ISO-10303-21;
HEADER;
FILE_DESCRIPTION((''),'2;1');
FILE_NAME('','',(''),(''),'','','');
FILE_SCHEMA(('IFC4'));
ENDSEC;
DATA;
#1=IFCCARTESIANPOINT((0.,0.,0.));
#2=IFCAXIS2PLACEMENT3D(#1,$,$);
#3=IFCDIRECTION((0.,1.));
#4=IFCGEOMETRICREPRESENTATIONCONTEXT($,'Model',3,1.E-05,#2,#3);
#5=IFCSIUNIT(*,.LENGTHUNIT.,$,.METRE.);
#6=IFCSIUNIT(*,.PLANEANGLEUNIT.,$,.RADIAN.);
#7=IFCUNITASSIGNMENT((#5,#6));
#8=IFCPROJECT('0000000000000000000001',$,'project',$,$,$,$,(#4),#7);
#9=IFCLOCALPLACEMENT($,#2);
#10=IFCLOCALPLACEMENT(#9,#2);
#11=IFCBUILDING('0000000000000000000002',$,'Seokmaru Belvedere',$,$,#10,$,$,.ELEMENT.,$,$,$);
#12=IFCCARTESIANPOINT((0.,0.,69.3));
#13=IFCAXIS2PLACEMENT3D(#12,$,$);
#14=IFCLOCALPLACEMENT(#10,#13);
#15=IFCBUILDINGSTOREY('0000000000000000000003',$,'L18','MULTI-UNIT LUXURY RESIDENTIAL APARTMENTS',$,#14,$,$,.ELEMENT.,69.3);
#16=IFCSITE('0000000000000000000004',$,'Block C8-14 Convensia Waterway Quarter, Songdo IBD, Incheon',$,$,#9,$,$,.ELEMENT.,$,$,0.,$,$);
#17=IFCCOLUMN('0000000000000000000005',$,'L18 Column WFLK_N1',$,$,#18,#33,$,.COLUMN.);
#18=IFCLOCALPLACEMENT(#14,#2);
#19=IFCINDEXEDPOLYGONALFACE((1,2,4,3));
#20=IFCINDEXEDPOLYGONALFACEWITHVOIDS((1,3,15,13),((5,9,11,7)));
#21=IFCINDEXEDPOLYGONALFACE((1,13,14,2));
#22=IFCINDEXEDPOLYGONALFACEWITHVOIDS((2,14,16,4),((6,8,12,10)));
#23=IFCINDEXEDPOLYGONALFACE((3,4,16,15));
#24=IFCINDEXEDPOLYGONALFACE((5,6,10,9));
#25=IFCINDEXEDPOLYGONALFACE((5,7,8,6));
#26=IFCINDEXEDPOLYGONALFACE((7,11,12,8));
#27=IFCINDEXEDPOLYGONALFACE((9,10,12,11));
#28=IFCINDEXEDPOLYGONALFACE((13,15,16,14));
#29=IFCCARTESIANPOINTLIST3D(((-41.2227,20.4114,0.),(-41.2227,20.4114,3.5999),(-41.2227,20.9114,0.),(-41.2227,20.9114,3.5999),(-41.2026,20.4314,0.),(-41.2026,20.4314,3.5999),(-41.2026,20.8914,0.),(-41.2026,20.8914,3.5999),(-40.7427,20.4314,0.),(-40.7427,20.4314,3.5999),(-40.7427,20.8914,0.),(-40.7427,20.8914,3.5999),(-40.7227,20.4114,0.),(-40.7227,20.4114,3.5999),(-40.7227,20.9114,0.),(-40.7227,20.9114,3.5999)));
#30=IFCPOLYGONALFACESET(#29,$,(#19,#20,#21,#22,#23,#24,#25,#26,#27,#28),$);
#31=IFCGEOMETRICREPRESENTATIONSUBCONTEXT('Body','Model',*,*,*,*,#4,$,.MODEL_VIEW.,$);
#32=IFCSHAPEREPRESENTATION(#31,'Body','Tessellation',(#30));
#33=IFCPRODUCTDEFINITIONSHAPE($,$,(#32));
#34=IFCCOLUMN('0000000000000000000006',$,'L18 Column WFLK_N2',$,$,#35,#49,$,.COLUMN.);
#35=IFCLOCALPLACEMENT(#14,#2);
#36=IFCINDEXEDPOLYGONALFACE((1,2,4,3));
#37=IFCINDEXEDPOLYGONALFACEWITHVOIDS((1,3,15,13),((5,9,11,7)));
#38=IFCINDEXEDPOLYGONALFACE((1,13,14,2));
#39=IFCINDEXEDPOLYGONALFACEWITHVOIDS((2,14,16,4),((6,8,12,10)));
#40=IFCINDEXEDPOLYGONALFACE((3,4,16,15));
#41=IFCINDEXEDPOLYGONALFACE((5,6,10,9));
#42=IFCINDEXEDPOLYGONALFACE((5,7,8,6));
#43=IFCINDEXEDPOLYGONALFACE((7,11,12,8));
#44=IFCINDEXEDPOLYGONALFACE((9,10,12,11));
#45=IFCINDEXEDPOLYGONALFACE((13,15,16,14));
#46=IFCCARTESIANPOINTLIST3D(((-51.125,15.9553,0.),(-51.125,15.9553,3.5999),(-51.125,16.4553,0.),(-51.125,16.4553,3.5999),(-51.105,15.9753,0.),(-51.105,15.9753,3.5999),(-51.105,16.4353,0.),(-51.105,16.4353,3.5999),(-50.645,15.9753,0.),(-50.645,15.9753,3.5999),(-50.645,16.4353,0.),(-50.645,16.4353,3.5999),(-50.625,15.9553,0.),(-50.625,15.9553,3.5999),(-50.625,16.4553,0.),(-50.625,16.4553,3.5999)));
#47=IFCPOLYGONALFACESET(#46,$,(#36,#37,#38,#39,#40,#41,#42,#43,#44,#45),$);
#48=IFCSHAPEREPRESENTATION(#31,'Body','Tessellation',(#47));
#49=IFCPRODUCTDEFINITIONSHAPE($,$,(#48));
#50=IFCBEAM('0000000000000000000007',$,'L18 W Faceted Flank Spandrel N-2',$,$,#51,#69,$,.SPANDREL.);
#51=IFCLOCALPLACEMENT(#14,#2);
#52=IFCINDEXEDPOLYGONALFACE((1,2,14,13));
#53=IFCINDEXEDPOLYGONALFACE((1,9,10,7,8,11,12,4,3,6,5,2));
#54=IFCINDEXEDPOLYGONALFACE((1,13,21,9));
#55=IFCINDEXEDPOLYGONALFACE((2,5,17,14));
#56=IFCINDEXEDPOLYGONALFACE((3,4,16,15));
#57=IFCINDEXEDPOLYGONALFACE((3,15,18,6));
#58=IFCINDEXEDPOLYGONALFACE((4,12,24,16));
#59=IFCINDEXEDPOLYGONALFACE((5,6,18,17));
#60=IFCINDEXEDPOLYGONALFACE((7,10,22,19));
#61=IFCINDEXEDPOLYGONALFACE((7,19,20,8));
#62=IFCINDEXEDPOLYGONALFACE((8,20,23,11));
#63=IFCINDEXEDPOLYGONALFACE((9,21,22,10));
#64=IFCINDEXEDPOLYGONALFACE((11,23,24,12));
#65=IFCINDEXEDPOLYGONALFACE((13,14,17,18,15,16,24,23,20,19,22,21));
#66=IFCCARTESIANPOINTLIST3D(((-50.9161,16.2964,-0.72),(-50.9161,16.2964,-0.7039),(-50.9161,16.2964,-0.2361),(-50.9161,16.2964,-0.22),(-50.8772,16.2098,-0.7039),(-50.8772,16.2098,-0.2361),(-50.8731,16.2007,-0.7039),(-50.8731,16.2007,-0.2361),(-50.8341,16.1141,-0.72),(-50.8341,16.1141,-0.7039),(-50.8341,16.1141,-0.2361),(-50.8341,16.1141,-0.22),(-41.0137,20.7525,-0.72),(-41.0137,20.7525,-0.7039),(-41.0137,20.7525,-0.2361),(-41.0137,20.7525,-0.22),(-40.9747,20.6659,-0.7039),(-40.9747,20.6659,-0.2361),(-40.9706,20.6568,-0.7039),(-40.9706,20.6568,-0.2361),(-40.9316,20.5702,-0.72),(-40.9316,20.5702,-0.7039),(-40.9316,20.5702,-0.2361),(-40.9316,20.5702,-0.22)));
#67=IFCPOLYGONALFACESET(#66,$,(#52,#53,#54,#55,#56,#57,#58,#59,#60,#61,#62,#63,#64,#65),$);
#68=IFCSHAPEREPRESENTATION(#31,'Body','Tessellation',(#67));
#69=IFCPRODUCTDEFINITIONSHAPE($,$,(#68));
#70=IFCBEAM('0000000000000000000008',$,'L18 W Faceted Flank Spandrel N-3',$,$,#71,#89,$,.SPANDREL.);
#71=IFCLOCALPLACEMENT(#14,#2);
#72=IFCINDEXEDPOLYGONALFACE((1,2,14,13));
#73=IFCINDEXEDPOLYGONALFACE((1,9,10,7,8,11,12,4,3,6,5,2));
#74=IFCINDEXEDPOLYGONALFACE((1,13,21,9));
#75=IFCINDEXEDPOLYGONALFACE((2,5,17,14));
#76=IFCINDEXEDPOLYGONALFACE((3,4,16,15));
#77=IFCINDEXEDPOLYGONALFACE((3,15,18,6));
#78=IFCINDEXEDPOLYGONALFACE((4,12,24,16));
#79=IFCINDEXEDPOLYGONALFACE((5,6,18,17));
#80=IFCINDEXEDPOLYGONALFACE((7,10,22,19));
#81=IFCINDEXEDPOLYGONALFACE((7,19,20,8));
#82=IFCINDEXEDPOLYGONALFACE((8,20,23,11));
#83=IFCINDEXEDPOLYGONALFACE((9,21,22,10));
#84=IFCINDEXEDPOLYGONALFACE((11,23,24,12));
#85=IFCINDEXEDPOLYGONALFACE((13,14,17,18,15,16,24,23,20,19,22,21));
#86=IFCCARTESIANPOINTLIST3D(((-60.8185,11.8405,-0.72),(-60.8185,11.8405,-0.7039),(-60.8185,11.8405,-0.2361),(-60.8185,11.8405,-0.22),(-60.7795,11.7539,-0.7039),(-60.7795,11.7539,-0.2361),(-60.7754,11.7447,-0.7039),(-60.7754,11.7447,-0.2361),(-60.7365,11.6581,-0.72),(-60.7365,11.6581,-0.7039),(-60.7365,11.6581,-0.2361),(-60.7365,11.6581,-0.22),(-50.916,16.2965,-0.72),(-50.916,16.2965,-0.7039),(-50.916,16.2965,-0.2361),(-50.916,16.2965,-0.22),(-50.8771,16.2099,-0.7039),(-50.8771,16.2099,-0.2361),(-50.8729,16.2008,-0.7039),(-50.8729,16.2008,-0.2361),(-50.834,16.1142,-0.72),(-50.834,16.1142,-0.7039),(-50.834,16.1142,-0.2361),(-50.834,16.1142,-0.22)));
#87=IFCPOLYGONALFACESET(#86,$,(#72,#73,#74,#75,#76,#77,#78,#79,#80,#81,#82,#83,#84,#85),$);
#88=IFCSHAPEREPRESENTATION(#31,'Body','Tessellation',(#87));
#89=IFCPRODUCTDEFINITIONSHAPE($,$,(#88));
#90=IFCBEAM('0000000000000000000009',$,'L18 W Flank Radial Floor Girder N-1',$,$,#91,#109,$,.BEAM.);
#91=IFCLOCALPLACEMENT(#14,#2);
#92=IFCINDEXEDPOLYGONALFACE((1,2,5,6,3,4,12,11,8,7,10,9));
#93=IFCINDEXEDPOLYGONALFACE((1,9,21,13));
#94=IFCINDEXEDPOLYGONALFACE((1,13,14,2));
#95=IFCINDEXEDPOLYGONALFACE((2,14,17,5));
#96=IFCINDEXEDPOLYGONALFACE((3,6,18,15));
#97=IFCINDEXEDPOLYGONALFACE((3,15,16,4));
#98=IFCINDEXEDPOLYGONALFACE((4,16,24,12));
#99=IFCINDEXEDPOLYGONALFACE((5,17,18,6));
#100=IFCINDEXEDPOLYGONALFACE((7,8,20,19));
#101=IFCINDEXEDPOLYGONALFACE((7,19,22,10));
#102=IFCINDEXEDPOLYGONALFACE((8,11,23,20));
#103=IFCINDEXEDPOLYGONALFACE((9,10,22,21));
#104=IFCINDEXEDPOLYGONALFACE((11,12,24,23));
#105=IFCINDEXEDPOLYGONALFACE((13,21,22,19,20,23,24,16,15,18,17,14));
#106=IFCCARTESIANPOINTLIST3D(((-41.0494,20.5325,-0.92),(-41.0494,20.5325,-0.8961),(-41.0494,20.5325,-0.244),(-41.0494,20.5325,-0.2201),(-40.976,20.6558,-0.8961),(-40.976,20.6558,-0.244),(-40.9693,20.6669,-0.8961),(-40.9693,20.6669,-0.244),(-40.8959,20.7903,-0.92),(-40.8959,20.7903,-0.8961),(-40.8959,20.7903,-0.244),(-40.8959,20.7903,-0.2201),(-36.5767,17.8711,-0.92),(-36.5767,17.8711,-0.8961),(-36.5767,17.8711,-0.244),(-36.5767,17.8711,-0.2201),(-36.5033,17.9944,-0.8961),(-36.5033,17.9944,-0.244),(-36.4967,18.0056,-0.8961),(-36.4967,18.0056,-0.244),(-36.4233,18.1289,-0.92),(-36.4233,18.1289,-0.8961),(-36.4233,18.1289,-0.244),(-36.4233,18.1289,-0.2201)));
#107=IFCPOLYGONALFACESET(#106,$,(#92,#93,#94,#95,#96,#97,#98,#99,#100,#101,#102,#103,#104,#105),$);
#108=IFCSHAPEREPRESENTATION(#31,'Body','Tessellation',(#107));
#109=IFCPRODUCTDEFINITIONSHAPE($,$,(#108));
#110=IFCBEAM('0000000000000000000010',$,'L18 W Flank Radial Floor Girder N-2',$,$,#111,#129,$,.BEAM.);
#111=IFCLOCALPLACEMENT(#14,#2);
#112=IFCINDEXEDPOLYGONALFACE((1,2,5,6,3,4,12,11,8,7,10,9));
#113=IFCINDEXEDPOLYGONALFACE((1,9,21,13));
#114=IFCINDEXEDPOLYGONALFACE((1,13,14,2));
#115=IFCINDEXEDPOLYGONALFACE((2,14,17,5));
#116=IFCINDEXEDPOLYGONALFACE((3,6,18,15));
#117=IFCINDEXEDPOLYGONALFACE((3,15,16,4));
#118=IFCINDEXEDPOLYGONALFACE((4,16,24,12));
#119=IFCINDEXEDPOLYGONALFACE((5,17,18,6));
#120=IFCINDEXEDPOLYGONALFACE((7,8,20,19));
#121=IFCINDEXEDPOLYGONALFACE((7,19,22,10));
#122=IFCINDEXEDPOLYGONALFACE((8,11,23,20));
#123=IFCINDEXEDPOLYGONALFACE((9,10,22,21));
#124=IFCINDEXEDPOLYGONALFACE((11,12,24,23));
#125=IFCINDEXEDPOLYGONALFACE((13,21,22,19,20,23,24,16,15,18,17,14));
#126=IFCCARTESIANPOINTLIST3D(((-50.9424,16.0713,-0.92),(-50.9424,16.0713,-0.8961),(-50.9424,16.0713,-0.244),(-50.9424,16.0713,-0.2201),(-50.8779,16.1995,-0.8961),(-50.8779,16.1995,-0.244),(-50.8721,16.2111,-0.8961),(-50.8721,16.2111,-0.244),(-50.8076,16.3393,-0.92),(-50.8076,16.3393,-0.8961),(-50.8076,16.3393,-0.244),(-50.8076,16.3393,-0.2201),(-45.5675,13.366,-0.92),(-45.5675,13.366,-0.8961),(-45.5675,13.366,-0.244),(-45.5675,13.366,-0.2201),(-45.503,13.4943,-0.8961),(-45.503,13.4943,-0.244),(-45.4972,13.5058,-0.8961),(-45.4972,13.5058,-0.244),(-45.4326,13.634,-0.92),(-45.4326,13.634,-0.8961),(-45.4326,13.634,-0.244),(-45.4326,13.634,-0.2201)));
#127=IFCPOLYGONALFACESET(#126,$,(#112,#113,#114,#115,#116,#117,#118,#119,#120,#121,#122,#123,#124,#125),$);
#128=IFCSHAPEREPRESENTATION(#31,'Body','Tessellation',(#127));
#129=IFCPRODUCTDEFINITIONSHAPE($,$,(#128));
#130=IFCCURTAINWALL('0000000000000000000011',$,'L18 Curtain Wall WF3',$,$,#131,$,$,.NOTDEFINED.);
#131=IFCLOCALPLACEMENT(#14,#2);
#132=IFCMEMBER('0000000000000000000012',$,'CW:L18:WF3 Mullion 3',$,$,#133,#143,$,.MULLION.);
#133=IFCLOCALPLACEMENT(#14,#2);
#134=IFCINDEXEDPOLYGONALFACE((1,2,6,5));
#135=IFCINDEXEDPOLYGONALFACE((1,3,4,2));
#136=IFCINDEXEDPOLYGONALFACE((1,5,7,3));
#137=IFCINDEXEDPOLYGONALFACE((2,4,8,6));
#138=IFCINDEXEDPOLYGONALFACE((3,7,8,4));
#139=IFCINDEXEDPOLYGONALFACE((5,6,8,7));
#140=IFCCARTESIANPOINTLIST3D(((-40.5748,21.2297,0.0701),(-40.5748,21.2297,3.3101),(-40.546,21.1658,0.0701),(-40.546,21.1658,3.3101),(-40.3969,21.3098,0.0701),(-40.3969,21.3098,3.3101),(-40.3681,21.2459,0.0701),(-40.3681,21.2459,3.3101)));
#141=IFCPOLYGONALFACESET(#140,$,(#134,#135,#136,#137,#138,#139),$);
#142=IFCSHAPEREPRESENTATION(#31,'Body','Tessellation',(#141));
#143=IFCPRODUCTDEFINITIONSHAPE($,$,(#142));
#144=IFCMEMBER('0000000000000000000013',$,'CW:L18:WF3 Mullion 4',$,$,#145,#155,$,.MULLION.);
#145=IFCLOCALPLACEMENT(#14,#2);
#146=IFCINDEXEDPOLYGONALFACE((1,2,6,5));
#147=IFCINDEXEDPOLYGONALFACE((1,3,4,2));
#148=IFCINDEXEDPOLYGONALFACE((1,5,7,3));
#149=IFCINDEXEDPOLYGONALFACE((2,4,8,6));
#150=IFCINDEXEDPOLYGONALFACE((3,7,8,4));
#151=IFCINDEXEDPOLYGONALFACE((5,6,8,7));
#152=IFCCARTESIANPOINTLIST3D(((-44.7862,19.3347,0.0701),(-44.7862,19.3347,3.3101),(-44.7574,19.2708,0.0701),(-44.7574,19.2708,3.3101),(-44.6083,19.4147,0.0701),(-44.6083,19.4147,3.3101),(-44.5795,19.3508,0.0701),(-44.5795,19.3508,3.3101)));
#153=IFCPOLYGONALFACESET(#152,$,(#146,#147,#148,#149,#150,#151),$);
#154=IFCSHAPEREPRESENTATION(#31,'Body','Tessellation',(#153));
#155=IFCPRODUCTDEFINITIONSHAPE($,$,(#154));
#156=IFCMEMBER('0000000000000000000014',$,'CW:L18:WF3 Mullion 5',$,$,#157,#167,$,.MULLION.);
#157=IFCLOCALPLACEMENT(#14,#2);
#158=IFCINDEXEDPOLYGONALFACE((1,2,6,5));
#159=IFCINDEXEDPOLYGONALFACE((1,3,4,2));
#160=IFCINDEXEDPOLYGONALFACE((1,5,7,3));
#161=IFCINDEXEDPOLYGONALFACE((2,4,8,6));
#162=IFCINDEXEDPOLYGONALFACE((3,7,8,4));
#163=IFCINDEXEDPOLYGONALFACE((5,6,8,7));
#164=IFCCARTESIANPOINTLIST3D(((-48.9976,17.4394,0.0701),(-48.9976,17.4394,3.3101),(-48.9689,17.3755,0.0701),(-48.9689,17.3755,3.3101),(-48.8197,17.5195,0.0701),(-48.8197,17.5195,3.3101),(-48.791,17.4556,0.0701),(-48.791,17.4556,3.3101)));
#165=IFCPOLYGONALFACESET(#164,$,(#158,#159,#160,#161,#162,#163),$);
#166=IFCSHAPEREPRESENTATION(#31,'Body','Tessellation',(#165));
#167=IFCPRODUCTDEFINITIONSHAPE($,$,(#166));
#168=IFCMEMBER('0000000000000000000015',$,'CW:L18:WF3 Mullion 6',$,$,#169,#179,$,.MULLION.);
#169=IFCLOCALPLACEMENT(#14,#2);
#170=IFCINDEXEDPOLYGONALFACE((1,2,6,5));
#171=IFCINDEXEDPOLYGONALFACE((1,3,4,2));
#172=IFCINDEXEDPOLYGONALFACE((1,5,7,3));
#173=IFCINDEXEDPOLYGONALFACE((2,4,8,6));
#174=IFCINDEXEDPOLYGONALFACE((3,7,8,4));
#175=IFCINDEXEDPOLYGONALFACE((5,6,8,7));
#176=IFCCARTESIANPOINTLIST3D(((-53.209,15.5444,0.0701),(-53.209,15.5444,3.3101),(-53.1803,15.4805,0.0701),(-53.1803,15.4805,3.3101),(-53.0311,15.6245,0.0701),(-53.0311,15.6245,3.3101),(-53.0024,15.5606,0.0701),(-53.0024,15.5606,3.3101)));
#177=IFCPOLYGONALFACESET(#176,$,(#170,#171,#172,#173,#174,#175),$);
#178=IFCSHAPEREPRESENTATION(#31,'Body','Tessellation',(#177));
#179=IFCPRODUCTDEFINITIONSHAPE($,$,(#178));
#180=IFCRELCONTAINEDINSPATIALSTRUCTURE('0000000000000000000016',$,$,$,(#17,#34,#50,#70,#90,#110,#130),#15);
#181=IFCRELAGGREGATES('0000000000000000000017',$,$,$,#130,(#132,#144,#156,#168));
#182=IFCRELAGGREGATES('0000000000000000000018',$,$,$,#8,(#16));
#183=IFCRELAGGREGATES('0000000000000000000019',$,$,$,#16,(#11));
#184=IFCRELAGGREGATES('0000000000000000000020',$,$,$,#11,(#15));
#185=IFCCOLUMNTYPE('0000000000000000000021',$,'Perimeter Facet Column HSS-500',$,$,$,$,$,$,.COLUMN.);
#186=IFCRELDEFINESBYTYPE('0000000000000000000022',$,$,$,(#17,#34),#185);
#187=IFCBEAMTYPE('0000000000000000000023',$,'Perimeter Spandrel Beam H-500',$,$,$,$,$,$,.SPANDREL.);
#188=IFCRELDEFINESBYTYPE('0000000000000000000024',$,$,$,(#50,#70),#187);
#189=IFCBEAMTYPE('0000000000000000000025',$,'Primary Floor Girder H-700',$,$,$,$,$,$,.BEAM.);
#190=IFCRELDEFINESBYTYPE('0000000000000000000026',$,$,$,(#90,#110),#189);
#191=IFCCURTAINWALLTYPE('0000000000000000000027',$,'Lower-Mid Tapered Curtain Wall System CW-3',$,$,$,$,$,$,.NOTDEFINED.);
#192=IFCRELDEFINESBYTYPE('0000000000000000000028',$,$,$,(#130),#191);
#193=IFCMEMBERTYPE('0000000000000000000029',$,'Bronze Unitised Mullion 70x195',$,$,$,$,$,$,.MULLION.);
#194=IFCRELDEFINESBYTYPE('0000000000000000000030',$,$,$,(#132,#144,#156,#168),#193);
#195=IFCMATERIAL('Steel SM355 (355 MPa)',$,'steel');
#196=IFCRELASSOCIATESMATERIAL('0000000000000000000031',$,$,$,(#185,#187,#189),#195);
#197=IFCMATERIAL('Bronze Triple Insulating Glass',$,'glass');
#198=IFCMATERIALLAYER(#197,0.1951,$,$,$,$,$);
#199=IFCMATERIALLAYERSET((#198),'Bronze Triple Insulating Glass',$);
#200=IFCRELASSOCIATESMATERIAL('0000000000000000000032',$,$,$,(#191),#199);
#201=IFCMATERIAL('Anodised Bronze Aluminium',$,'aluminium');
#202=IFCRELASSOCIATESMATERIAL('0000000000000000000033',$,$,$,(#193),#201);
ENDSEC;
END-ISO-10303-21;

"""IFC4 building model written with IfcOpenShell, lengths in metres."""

from ifc_helpers import new_model, si_unit, direction, frame, origin, origin_2d, place, context, subcontext, project, spatial, rectangle, hollow_rectangle, i_section, extrude, source, transform, mapped, material, layer, layer_set, material_profile, profile_set, type_object, type_shapes, element, aggregate, save


model = new_model("IFC4")

# Units and contexts
model_context = context("Model", 3, precision=1e-05, world=origin(), true_north=direction((0.0, 1.0)))
body_context = subcontext(model_context, "Body", "Model", "MODEL_VIEW")
ifc_project = project(units=[si_unit("LENGTHUNIT", "METRE"), si_unit("PLANEANGLEUNIT", "RADIAN")], contexts=[model_context])

# Site, building, storey
site_placement = place(None, origin())
site = spatial("IfcSite", under=ifc_project, at=site_placement, Name="Block C8-14 Convensia Waterway Quarter, Songdo IBD, Incheon", CompositionType="ELEMENT", RefElevation=0.0)
building_placement = place(site_placement, origin())
building = spatial("IfcBuilding", under=site, at=building_placement, Name="Seokmaru Belvedere", CompositionType="ELEMENT")
storey_placement = place(building_placement, frame((0.0, 0.0, 69.3)))
storey = spatial("IfcBuildingStorey", under=building, at=storey_placement, Name="L18", Description="MULTI-UNIT LUXURY RESIDENTIAL APARTMENTS", CompositionType="ELEMENT", Elevation=69.3)

# Columns
ifc_material_1 = material(Name="Steel SM355 (355 MPa)", Category="steel")
ifc_material_profile_1 = material_profile(ifc_material_1, hollow_rectangle(XDim=0.5, YDim=0.5, WallThickness=0.02, at=origin_2d()), Name="HSS-500x500x20")
ifc_profile_set_1 = profile_set([ifc_material_profile_1], Name="Steel SM355 (355 MPa)")
column_type = type_object("IfcColumnType", Name="Perimeter Facet Column HSS-500", PredefinedType="COLUMN", material=ifc_profile_set_1)
shared_shape_1 = source(origin(), body_context, "Body", "SweptSolid", [
    extrude(hollow_rectangle(XDim=0.5, YDim=0.5, WallThickness=0.02, at=origin_2d()), origin(), (0.0, 0.0, 1.0), 3.5999),
])
type_shapes(column_type, [shared_shape_1])
for number, where, z_axis, x_axis, name in (
    (1, (-40.9727, 20.6614, 0.0), (0.0, 0.0, 1.0), (1.0, 0.0, 0.0), "L18 Column WFLK_N1"),
    (2, (-50.875, 16.2053, 0.0), (0.0, 0.0, 1.0), (1.0, 0.0, 0.0), "L18 Column WFLK_N2"),
):
    element("IfcColumn", number, at=place(storey_placement, frame(where, z_axis=z_axis, x_axis=x_axis)), inside=storey, type_object=column_type, Name=name, PredefinedType="COLUMN", context=body_context, shape_type="MappedRepresentation", body=[
        mapped(shared_shape_1, transform((0.0, 0.0, 0.0), scale=1.0)),
    ])

# Beams
ifc_material_profile_2 = material_profile(ifc_material_1, i_section(OverallWidth=0.2, OverallDepth=0.5, WebThickness=0.01, FlangeThickness=0.0161, at=origin_2d()), Name="H-500x200x10x16")
ifc_profile_set_2 = profile_set([ifc_material_profile_2], Name="Steel SM355 (355 MPa)")
beam_type_1 = type_object("IfcBeamType", Name="Perimeter Spandrel Beam H-500", PredefinedType="SPANDREL", material=ifc_profile_set_2)
shared_shape_2 = source(origin(), body_context, "Body", "SweptSolid", [
    extrude(i_section(OverallWidth=0.2, OverallDepth=0.5, WebThickness=0.01, FlangeThickness=0.0161, at=origin_2d()), origin(), (0.0, 0.0, 1.0), 10.8589),
])
type_shapes(beam_type_1, [shared_shape_2])
for number, where, z_axis, x_axis, name in (
    (3, (-40.9727, 20.6614, -0.47), (-0.911922, -0.410365, 0.0), (0.410365, -0.911922, 0.0), "L18 W Faceted Flank Spandrel N-2"),
    (4, (-50.875, 16.2053, -0.47), (-0.911925, -0.410356, 0.0), (0.410356, -0.911925, 0.0), "L18 W Faceted Flank Spandrel N-3"),
):
    element("IfcBeam", number, at=place(storey_placement, frame(where, z_axis=z_axis, x_axis=x_axis)), inside=storey, type_object=beam_type_1, Name=name, PredefinedType="SPANDREL", context=body_context, shape_type="MappedRepresentation", body=[
        mapped(shared_shape_2, transform((0.0, 0.0, 0.0), scale=1.0)),
    ])
ifc_material_profile_3 = material_profile(ifc_material_1, i_section(OverallWidth=0.3, OverallDepth=0.7, WebThickness=0.0129, FlangeThickness=0.0239, at=origin_2d()), Name="H-700x300x13x24")
ifc_profile_set_3 = profile_set([ifc_material_profile_3], Name="Steel SM355 (355 MPa)")
beam_type_2 = type_object("IfcBeamType", Name="Primary Floor Girder H-700", PredefinedType="BEAM", material=ifc_profile_set_3)
shared_shape_3 = source(origin(), body_context, "Body", "SweptSolid", [
    extrude(i_section(OverallWidth=0.3, OverallDepth=0.7, WebThickness=0.0129, FlangeThickness=0.0239, at=origin_2d()), origin(), (0.0, 0.0, 1.0), 5.2046),
])
beam_1_placement = place(storey_placement, frame((-40.9727, 20.6614, -0.5701), z_axis=(0.85937, -0.511354, 0.0), x_axis=(0.511354, 0.85937, 0.0)))
element("IfcBeam", 5, at=beam_1_placement, inside=storey, type_object=beam_type_2, Name="L18 W Flank Radial Floor Girder N-1", PredefinedType="BEAM", context=body_context, shape_type="MappedRepresentation", body=[
    mapped(shared_shape_3, transform((0.0, 0.0, 0.0), scale=1.0)),
])
shared_shape_4 = source(origin(), body_context, "Body", "SweptSolid", [
    extrude(i_section(OverallWidth=0.3, OverallDepth=0.7, WebThickness=0.0129, FlangeThickness=0.0239, at=origin_2d()), origin(), (0.0, 0.0, 1.0), 6.0173),
])
type_shapes(beam_type_2, [shared_shape_3, shared_shape_4])
beam_2_placement = place(storey_placement, frame((-50.875, 16.2053, -0.5701), z_axis=(0.893239, -0.449581, 0.0), x_axis=(0.449581, 0.893239, 0.0)))
element("IfcBeam", 6, at=beam_2_placement, inside=storey, type_object=beam_type_2, Name="L18 W Flank Radial Floor Girder N-2", PredefinedType="BEAM", context=body_context, shape_type="MappedRepresentation", body=[
    mapped(shared_shape_4, transform((0.0, 0.0, 0.0), scale=1.0)),
])

# Curtain wall, members
ifc_material_2 = material(Name="Bronze Triple Insulating Glass", Category="glass")
ifc_layer_1 = layer(ifc_material_2, 0.1951)
ifc_layer_set_1 = layer_set([ifc_layer_1], Name="Bronze Triple Insulating Glass")
curtain_wall_type = type_object("IfcCurtainWallType", Name="Lower-Mid Tapered Curtain Wall System CW-3", PredefinedType="NOTDEFINED", material=ifc_layer_set_1)
curtain_wall_placement = place(storey_placement, origin())
curtain_wall = element("IfcCurtainWall", 7, at=curtain_wall_placement, inside=storey, type_object=curtain_wall_type, Name="L18 Curtain Wall WF3", PredefinedType="NOTDEFINED")
ifc_material_3 = material(Name="Anodised Bronze Aluminium", Category="aluminium")
ifc_material_profile_4 = material_profile(ifc_material_3, rectangle(XDim=0.0701, YDim=0.1951, at=origin_2d()), Name="CW-M-70x195")
ifc_profile_set_4 = profile_set([ifc_material_profile_4], Name="Anodised Bronze Aluminium")
member_type = type_object("IfcMemberType", Name="Bronze Unitised Mullion 70x195", PredefinedType="MULLION", material=ifc_profile_set_4)
shared_shape_5 = source(origin(), body_context, "Body", "SweptSolid", [
    extrude(rectangle(XDim=0.0701, YDim=0.1951, at=origin_2d()), origin(), (0.0, 0.0, 1.0), 3.24),
])
type_shapes(member_type, [shared_shape_5])
member_1_placement = place(storey_placement, frame((-40.4714, 21.2378, 0.0701), z_axis=(0.0, 0.0, 1.0), x_axis=(0.410366, -0.911921, 0.0)))
member_1 = element("IfcMember", 8, at=member_1_placement, type_object=member_type, Name="CW:L18:WF3 Mullion 3", PredefinedType="MULLION", context=body_context, shape_type="MappedRepresentation", body=[
    mapped(shared_shape_5, transform((0.0, 0.0, 0.0), scale=1.0)),
])
member_2_placement = place(storey_placement, frame((-44.6829, 19.3428, 0.0701), z_axis=(0.0, 0.0, 1.0), x_axis=(0.410366, -0.911921, 0.0)))
member_2 = element("IfcMember", 9, at=member_2_placement, type_object=member_type, Name="CW:L18:WF3 Mullion 4", PredefinedType="MULLION", context=body_context, shape_type="MappedRepresentation", body=[
    mapped(shared_shape_5, transform((0.0, 0.0, 0.0), scale=1.0)),
])
member_3_placement = place(storey_placement, frame((-48.8943, 17.4475, 0.0701), z_axis=(0.0, 0.0, 1.0), x_axis=(0.410366, -0.911921, 0.0)))
member_3 = element("IfcMember", 10, at=member_3_placement, type_object=member_type, Name="CW:L18:WF3 Mullion 5", PredefinedType="MULLION", context=body_context, shape_type="MappedRepresentation", body=[
    mapped(shared_shape_5, transform((0.0, 0.0, 0.0), scale=1.0)),
])
member_4_placement = place(storey_placement, frame((-53.1057, 15.5525, 0.0701), z_axis=(0.0, 0.0, 1.0), x_axis=(0.410366, -0.911921, 0.0)))
member_4 = element("IfcMember", 11, at=member_4_placement, type_object=member_type, Name="CW:L18:WF3 Mullion 6", PredefinedType="MULLION", context=body_context, shape_type="MappedRepresentation", body=[
    mapped(shared_shape_5, transform((0.0, 0.0, 0.0), scale=1.0)),
])
aggregate(curtain_wall, [member_1, member_2, member_3, member_4])

save(model, "model.ifc")
